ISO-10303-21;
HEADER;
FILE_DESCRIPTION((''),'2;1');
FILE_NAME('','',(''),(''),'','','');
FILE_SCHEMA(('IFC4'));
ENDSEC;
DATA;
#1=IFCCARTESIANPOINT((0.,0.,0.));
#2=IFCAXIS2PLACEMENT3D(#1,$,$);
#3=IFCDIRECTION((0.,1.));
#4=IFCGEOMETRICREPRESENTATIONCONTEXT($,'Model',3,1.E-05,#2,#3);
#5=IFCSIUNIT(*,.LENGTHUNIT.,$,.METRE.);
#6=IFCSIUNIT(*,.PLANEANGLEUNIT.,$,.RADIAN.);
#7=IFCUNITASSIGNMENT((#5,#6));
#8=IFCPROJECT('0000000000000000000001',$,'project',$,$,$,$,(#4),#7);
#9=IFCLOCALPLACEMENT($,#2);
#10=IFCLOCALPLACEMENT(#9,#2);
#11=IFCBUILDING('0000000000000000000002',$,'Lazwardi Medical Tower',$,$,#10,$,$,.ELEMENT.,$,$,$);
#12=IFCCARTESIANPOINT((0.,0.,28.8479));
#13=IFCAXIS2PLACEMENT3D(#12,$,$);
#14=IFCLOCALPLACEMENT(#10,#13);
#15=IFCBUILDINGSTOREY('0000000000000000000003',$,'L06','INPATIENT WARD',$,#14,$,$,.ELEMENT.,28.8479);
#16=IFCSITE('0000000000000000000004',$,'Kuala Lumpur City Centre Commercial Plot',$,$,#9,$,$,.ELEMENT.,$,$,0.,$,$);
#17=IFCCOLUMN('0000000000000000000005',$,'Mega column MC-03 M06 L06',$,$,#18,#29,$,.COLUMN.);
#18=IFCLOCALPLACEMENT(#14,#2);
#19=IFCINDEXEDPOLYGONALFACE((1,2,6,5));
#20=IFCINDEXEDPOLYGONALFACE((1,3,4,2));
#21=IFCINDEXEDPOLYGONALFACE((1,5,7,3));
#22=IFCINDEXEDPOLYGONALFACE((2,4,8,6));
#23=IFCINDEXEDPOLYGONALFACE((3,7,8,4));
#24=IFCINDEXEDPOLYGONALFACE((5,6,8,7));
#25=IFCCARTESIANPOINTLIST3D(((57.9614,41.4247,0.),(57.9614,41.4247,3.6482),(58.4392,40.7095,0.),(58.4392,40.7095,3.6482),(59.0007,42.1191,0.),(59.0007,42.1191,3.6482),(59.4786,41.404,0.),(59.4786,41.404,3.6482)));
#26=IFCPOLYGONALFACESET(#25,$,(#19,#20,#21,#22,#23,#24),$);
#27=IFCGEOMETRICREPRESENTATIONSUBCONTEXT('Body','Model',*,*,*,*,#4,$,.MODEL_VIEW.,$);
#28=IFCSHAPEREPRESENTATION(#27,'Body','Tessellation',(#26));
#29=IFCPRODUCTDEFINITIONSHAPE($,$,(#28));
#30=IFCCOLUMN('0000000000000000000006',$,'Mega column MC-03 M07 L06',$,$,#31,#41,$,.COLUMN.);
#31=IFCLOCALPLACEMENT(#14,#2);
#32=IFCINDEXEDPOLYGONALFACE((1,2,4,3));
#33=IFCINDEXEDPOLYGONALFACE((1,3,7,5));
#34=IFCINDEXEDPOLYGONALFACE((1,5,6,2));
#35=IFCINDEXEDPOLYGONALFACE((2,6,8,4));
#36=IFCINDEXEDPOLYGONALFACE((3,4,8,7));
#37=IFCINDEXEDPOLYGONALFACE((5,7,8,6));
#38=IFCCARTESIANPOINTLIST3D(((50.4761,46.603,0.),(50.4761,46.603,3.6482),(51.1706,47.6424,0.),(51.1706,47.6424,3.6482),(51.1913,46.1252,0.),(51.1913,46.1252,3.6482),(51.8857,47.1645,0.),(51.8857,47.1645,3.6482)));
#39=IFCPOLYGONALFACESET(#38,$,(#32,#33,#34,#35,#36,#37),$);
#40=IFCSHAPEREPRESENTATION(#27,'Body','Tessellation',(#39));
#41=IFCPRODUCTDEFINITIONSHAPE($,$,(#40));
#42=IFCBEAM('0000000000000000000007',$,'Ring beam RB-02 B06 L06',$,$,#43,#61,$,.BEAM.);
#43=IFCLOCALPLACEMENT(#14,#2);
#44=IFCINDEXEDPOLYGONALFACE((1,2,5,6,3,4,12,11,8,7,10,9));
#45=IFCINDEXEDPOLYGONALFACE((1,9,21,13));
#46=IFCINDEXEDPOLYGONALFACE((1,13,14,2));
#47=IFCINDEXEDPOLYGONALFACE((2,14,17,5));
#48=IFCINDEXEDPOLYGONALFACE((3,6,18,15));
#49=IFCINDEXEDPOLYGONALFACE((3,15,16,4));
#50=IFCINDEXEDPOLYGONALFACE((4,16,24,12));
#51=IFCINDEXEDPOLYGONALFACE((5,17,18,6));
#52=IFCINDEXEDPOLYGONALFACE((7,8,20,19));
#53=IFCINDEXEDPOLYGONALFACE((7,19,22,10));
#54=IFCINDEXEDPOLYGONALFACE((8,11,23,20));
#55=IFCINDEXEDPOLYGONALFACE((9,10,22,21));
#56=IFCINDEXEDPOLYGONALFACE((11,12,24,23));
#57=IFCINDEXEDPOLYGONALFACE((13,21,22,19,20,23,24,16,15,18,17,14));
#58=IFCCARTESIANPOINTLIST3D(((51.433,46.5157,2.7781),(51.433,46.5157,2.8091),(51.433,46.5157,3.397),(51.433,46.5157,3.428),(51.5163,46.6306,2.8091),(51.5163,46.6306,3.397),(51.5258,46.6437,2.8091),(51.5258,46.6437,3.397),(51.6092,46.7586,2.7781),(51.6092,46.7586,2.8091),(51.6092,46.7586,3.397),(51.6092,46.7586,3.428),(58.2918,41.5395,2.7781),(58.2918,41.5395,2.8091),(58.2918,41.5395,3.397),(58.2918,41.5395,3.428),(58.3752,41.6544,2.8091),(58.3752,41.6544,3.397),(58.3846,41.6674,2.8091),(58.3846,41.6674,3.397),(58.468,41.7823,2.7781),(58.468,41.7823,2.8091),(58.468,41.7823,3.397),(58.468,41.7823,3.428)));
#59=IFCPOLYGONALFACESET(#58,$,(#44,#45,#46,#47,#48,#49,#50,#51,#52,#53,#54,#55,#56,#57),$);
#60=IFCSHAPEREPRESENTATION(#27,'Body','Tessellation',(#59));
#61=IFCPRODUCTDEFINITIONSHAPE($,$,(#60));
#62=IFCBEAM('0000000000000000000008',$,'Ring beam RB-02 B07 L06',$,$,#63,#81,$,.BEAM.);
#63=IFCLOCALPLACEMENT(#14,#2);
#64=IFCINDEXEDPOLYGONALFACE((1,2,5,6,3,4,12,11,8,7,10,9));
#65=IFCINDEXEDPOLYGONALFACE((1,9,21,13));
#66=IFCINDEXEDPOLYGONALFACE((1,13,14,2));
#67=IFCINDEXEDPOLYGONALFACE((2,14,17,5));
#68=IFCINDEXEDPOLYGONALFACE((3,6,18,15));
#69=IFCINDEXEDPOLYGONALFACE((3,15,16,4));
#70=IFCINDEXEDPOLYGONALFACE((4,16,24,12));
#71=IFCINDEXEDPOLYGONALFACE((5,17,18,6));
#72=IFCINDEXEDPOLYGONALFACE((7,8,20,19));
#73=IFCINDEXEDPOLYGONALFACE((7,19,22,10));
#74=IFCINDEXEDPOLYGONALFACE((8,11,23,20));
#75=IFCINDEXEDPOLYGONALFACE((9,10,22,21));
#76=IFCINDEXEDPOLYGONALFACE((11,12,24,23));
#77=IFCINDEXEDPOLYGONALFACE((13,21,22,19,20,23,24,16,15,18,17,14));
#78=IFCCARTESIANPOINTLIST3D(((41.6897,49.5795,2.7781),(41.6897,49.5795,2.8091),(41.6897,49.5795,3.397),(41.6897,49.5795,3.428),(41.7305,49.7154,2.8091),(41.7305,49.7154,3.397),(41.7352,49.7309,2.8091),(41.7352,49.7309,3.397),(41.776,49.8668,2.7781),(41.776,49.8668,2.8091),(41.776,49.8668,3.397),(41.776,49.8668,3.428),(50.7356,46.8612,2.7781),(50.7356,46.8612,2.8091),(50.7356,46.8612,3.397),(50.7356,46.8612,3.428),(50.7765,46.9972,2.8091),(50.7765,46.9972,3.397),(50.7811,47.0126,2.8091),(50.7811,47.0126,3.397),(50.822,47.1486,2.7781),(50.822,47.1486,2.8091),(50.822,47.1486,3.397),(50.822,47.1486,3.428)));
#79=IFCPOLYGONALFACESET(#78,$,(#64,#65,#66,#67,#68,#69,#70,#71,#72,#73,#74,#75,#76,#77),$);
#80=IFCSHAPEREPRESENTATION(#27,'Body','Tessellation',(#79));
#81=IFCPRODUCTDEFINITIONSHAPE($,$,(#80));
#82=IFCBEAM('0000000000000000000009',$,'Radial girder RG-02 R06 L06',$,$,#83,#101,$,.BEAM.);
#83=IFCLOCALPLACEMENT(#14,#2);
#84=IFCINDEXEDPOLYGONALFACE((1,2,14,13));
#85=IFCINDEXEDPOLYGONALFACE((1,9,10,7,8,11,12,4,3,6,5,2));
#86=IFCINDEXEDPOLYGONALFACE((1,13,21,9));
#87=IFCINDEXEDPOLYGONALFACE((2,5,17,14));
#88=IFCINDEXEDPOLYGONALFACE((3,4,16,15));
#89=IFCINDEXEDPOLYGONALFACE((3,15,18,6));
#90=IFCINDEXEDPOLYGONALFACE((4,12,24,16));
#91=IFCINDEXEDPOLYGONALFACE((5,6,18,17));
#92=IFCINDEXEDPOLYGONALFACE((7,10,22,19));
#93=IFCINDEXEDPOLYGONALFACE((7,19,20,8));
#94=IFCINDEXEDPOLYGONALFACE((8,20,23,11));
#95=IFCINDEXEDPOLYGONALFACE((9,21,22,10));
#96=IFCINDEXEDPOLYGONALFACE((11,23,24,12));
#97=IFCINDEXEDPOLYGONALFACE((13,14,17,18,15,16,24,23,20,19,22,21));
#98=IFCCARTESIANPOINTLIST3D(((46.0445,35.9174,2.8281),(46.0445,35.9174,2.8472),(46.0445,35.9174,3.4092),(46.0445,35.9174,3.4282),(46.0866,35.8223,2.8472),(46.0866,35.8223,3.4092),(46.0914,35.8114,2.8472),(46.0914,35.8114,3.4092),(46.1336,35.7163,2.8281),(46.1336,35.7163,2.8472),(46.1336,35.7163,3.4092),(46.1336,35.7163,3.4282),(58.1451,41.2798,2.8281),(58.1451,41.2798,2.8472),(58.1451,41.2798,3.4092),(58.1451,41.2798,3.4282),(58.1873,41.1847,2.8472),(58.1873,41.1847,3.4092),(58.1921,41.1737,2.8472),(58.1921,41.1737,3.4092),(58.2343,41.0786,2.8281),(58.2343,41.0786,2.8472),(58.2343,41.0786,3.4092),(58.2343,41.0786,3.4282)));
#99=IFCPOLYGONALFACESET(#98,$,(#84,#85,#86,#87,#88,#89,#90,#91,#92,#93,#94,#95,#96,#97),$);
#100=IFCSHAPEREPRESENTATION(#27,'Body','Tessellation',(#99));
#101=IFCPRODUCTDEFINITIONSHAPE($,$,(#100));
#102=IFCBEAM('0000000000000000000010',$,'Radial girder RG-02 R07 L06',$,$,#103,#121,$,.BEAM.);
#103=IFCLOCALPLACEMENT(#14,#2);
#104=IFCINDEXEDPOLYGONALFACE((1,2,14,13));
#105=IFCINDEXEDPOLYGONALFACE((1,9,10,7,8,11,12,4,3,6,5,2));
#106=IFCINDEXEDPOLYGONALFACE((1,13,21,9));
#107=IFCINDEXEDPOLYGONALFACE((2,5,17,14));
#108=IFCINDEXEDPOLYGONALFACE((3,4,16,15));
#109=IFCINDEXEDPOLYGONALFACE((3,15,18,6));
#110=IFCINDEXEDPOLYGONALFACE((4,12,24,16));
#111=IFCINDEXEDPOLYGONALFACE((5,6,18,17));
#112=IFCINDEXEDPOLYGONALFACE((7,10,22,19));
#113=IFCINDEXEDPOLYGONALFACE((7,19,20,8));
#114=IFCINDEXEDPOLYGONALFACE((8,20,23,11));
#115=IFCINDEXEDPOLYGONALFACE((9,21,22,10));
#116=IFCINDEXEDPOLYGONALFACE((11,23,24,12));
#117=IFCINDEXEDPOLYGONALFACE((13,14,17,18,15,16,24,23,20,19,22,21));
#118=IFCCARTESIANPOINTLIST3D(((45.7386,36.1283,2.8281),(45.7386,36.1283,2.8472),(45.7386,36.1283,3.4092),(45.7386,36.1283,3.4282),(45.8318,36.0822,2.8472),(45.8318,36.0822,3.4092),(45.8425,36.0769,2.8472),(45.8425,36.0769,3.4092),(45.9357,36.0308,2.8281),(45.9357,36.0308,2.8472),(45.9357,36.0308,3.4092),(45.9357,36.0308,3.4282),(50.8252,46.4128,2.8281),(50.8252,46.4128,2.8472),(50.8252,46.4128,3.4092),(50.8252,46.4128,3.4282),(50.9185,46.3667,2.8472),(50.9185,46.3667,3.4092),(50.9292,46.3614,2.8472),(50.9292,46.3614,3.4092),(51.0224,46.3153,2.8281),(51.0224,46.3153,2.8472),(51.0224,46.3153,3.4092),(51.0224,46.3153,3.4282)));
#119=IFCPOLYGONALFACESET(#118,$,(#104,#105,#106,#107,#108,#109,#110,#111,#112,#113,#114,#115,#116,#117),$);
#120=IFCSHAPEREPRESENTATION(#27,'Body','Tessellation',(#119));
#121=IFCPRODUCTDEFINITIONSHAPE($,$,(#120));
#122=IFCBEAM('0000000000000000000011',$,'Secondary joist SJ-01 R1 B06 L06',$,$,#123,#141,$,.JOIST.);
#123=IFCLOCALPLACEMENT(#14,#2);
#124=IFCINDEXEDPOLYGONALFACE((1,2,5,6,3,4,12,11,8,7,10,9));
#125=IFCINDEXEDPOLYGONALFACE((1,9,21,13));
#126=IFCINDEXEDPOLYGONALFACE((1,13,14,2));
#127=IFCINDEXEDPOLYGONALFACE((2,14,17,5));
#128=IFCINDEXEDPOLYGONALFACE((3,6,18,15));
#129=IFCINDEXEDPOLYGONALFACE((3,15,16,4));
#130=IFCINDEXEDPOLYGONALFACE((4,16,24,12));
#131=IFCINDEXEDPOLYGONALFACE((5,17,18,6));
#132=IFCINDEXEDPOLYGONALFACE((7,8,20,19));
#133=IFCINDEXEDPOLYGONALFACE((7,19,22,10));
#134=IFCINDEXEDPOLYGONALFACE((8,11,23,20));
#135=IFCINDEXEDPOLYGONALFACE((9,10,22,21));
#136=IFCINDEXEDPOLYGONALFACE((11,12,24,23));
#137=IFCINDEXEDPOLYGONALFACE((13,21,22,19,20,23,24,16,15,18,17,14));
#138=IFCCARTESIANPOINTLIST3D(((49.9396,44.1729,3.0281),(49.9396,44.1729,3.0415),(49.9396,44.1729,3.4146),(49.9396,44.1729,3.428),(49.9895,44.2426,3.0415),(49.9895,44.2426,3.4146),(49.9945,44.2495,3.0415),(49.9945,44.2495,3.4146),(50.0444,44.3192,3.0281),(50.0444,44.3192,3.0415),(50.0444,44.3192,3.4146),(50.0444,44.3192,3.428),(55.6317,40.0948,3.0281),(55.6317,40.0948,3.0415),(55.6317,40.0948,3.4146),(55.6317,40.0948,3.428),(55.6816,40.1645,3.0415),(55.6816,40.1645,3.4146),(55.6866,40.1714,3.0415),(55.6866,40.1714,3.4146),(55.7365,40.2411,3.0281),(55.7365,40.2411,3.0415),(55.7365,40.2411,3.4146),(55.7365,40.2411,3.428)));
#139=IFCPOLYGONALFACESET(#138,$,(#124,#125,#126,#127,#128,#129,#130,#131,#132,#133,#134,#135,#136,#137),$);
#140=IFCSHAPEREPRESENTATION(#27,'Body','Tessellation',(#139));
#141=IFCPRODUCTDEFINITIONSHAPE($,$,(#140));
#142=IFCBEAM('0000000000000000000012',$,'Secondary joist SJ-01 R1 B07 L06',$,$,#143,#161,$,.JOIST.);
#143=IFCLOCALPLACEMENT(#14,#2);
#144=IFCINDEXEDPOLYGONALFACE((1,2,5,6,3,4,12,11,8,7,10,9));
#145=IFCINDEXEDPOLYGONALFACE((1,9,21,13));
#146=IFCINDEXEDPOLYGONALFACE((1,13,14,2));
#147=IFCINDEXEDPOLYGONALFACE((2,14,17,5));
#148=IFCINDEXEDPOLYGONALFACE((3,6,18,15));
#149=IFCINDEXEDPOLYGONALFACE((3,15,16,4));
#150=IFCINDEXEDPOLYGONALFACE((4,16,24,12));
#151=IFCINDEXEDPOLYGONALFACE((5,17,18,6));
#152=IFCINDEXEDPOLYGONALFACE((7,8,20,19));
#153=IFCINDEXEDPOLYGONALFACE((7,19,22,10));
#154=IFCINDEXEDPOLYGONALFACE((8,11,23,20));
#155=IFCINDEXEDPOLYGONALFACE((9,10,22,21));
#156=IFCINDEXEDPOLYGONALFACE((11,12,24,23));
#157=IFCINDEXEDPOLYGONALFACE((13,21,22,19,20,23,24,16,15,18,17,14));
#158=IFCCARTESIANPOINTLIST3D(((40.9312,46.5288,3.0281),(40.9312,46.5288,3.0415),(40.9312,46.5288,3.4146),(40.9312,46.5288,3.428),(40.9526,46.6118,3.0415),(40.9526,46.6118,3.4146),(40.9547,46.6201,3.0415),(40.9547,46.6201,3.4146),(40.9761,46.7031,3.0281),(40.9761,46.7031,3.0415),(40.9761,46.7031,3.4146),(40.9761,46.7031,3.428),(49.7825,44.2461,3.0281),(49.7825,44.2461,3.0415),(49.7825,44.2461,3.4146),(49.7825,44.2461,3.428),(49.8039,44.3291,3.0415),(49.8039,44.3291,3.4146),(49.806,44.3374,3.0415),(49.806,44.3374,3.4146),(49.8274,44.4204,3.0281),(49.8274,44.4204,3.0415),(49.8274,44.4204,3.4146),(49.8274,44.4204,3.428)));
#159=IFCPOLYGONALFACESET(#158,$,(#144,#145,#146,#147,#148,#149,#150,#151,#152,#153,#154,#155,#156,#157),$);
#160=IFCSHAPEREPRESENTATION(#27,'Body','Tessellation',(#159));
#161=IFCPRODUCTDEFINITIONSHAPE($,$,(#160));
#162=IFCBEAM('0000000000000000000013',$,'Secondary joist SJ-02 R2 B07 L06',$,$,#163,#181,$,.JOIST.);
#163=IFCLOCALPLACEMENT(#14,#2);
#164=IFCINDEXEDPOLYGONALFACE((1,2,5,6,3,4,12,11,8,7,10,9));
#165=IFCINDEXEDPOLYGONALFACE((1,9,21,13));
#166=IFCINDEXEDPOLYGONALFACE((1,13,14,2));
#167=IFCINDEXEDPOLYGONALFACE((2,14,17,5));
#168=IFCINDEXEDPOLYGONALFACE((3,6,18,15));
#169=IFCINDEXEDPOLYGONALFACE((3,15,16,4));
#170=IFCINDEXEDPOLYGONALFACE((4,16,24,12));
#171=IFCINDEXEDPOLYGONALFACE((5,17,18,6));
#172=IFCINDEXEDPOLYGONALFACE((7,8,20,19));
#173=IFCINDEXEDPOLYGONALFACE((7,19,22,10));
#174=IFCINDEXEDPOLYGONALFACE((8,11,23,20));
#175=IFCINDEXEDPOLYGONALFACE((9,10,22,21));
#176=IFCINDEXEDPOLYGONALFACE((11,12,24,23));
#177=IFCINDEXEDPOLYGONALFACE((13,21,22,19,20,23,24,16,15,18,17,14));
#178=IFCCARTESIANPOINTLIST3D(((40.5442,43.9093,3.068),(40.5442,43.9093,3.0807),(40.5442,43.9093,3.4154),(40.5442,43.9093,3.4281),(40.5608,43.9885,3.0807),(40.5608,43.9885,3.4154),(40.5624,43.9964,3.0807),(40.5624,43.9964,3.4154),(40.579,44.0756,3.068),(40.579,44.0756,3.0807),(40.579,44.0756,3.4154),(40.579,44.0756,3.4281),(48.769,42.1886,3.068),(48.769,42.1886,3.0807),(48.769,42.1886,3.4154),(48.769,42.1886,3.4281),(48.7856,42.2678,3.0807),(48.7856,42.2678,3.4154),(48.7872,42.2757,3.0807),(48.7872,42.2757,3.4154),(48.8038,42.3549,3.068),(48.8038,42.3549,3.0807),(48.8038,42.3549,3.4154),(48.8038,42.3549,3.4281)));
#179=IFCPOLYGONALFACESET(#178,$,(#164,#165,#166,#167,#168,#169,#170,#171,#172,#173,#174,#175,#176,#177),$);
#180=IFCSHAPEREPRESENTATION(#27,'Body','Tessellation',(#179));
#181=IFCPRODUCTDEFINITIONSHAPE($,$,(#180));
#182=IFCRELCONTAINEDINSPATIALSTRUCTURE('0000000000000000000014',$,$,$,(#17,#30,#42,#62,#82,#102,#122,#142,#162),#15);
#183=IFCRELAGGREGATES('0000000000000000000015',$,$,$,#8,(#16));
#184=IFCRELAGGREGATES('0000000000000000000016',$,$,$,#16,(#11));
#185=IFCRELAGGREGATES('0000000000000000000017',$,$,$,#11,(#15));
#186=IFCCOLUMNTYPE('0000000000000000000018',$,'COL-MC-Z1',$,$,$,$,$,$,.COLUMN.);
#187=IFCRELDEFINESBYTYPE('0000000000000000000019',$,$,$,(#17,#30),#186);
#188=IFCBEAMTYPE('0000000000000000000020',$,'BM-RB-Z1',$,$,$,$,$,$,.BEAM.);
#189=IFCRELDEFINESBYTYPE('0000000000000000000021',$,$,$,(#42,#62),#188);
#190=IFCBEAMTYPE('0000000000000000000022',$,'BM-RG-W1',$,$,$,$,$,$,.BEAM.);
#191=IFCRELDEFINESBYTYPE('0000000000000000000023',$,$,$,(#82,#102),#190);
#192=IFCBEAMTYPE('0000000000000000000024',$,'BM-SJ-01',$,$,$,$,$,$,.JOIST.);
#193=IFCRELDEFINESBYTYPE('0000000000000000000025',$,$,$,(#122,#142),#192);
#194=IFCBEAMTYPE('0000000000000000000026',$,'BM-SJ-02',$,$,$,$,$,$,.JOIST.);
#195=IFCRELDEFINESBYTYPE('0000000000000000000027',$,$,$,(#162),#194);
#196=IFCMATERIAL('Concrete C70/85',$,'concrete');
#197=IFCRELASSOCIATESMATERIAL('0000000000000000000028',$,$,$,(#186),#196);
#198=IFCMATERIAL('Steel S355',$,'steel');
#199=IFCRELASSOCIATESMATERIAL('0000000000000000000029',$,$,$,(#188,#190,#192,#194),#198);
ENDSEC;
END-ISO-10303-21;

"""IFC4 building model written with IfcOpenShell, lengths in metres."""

from ifc_helpers import new_model, si_unit, direction, frame, origin, origin_2d, place, context, subcontext, project, spatial, rectangle, i_section, extrude, material, material_profile, profile_set, type_object, element, save


model = new_model("IFC4")

# Units and contexts
model_context = context("Model", 3, precision=1e-05, world=origin(), true_north=direction((0.0, 1.0)))
body_context = subcontext(model_context, "Body", "Model", "MODEL_VIEW")
ifc_project = project(units=[si_unit("LENGTHUNIT", "METRE"), si_unit("PLANEANGLEUNIT", "RADIAN")], contexts=[model_context])

# Site, building, storey
site_placement = place(None, origin())
site = spatial("IfcSite", under=ifc_project, at=site_placement, Name="Kuala Lumpur City Centre Commercial Plot", CompositionType="ELEMENT", RefElevation=0.0)
building_placement = place(site_placement, origin())
building = spatial("IfcBuilding", under=site, at=building_placement, Name="Lazwardi Medical Tower", CompositionType="ELEMENT")
storey_placement = place(building_placement, frame((0.0, 0.0, 28.8479)))
storey = spatial("IfcBuildingStorey", under=building, at=storey_placement, Name="L06", Description="INPATIENT WARD", CompositionType="ELEMENT", Elevation=28.8479)

# Columns
ifc_material_1 = material(Name="Concrete C70/85", Category="concrete")
ifc_material_profile_1 = material_profile(ifc_material_1, rectangle(XDim=1.25, YDim=0.8601, at=origin_2d()), Name="CFT-RECT 1250x860")
ifc_profile_set_1 = profile_set([ifc_material_profile_1], Name="Concrete C70/85")
column_type = type_object("IfcColumnType", Name="COL-MC-Z1", PredefinedType="COLUMN", material=ifc_profile_set_1)
for number, where, z_axis, x_axis, name in (
    (1, (58.72, 41.4143, 0.0), (0.0, 0.0, 1.0), (0.83147, 0.55557, 0.0), "Mega column MC-03 M06 L06"),
    (2, (51.1809, 46.8838, 0.0), (0.0, 0.0, 1.0), (0.55557, 0.83147, 0.0), "Mega column MC-03 M07 L06"),
):
    element("IfcColumn", number, at=place(storey_placement, frame(where, z_axis=z_axis, x_axis=x_axis)), inside=storey, type_object=column_type, Name=name, PredefinedType="COLUMN", context=body_context, shape_type="SweptSolid", body=[
        extrude(rectangle(XDim=1.25, YDim=0.8601, at=origin_2d()), origin(), (0.0, 0.0, 1.0), 3.6482),
    ])

# Beams
ifc_material_2 = material(Name="Steel S355", Category="steel")
ifc_material_profile_2 = material_profile(ifc_material_2, i_section(OverallWidth=0.3, OverallDepth=0.6499, WebThickness=0.0161, FlangeThickness=0.031, at=origin_2d()), Name="HEB 650")
ifc_profile_set_2 = profile_set([ifc_material_profile_2], Name="Steel S355")
beam_type_1 = type_object("IfcBeamType", Name="BM-RB-Z1", PredefinedType="BEAM", material=ifc_profile_set_2)
beam_1_placement = place(storey_placement, frame((58.3799, 41.6609, 3.103), z_axis=(-0.809407, 0.587248, 0.0), x_axis=(-0.587248, -0.809407, 0.0)))
element("IfcBeam", 3, at=beam_1_placement, inside=storey, type_object=beam_type_1, Name="Ring beam RB-02 B06 L06", PredefinedType="BEAM", context=body_context, shape_type="SweptSolid", body=[
    extrude(i_section(OverallWidth=0.3, OverallDepth=0.6499, WebThickness=0.0161, FlangeThickness=0.031, at=origin_2d()), origin(), (0.0, 0.0, 1.0), 8.4739),
])
beam_2_placement = place(storey_placement, frame((50.7788, 47.0049, 3.103), z_axis=(-0.957695, 0.287784, 0.0), x_axis=(-0.287784, -0.957695, 0.0)))
element("IfcBeam", 4, at=beam_2_placement, inside=storey, type_object=beam_type_1, Name="Ring beam RB-02 B07 L06", PredefinedType="BEAM", context=body_context, shape_type="SweptSolid", body=[
    extrude(i_section(OverallWidth=0.3, OverallDepth=0.6499, WebThickness=0.0161, FlangeThickness=0.031, at=origin_2d()), origin(), (0.0, 0.0, 1.0), 9.4456),
])
ifc_material_profile_3 = material_profile(ifc_material_2, i_section(OverallWidth=0.22, OverallDepth=0.6001, WebThickness=0.012, FlangeThickness=0.019, at=origin_2d()), Name="IPE 600")
ifc_profile_set_3 = profile_set([ifc_material_profile_3], Name="Steel S355")
beam_type_2 = type_object("IfcBeamType", Name="BM-RG-W1", PredefinedType="BEAM", material=ifc_profile_set_3)
beam_3_placement = place(storey_placement, frame((58.1897, 41.1792, 3.1282), z_axis=(-0.914252, -0.405146, 0.0), x_axis=(0.405146, -0.914252, 0.0)))
element("IfcBeam", 5, at=beam_3_placement, inside=storey, type_object=beam_type_2, Name="Radial girder RG-02 R06 L06", PredefinedType="BEAM", context=body_context, shape_type="SweptSolid", body=[
    extrude(i_section(OverallWidth=0.22, OverallDepth=0.6001, WebThickness=0.012, FlangeThickness=0.019, at=origin_2d()), origin(), (0.0, 0.0, 1.0), 13.2356),
])
beam_4_placement = place(storey_placement, frame((50.9238, 46.364, 3.1282), z_axis=(-0.443337, -0.896355, 0.0), x_axis=(0.896355, -0.443337, 0.0)))
element("IfcBeam", 6, at=beam_4_placement, inside=storey, type_object=beam_type_2, Name="Radial girder RG-02 R07 L06", PredefinedType="BEAM", context=body_context, shape_type="SweptSolid", body=[
    extrude(i_section(OverallWidth=0.22, OverallDepth=0.6001, WebThickness=0.012, FlangeThickness=0.019, at=origin_2d()), origin(), (0.0, 0.0, 1.0), 11.4736),
])
ifc_material_profile_4 = material_profile(ifc_material_2, i_section(OverallWidth=0.1799, OverallDepth=0.3999, WebThickness=0.0085, FlangeThickness=0.0134, at=origin_2d()), Name="IPE 400")
ifc_profile_set_4 = profile_set([ifc_material_profile_4], Name="Steel S355")
beam_type_3 = type_object("IfcBeamType", Name="BM-SJ-01", PredefinedType="JOIST", material=ifc_profile_set_4)
beam_5_placement = place(storey_placement, frame((55.6841, 40.168, 3.228), z_axis=(-0.812901, 0.582402, 0.0), x_axis=(-0.582402, -0.812901, 0.0)))
element("IfcBeam", 7, at=beam_5_placement, inside=storey, type_object=beam_type_3, Name="Secondary joist SJ-01 R1 B06 L06", PredefinedType="JOIST", context=body_context, shape_type="SweptSolid", body=[
    extrude(i_section(OverallWidth=0.1799, OverallDepth=0.3999, WebThickness=0.0085, FlangeThickness=0.0134, at=origin_2d()), origin(), (0.0, 0.0, 1.0), 7.0022),
])
beam_6_placement = place(storey_placement, frame((49.8049, 44.3333, 3.228), z_axis=(-0.968317, 0.249725, 0.0), x_axis=(-0.249725, -0.968317, 0.0)))
element("IfcBeam", 8, at=beam_6_placement, inside=storey, type_object=beam_type_3, Name="Secondary joist SJ-01 R1 B07 L06", PredefinedType="JOIST", context=body_context, shape_type="SweptSolid", body=[
    extrude(i_section(OverallWidth=0.1799, OverallDepth=0.3999, WebThickness=0.0085, FlangeThickness=0.0134, at=origin_2d()), origin(), (0.0, 0.0, 1.0), 9.1409),
])
ifc_material_profile_5 = material_profile(ifc_material_2, i_section(OverallWidth=0.1699, OverallDepth=0.3601, WebThickness=0.0081, FlangeThickness=0.0127, at=origin_2d()), Name="IPE 360")
ifc_profile_set_5 = profile_set([ifc_material_profile_5], Name="Steel S355")
beam_type_4 = type_object("IfcBeamType", Name="BM-SJ-02", PredefinedType="JOIST", material=ifc_profile_set_5)
beam_7_placement = place(storey_placement, frame((48.7864, 42.2717, 3.248), z_axis=(-0.978809, 0.204774, 0.0), x_axis=(-0.204774, -0.978809, 0.0)))
element("IfcBeam", 9, at=beam_7_placement, inside=storey, type_object=beam_type_4, Name="Secondary joist SJ-02 R2 B07 L06", PredefinedType="JOIST", context=body_context, shape_type="SweptSolid", body=[
    extrude(i_section(OverallWidth=0.1699, OverallDepth=0.3601, WebThickness=0.0081, FlangeThickness=0.0127, at=origin_2d()), origin(), (0.0, 0.0, 1.0), 8.4028),
])

save(model, "model.ifc")
